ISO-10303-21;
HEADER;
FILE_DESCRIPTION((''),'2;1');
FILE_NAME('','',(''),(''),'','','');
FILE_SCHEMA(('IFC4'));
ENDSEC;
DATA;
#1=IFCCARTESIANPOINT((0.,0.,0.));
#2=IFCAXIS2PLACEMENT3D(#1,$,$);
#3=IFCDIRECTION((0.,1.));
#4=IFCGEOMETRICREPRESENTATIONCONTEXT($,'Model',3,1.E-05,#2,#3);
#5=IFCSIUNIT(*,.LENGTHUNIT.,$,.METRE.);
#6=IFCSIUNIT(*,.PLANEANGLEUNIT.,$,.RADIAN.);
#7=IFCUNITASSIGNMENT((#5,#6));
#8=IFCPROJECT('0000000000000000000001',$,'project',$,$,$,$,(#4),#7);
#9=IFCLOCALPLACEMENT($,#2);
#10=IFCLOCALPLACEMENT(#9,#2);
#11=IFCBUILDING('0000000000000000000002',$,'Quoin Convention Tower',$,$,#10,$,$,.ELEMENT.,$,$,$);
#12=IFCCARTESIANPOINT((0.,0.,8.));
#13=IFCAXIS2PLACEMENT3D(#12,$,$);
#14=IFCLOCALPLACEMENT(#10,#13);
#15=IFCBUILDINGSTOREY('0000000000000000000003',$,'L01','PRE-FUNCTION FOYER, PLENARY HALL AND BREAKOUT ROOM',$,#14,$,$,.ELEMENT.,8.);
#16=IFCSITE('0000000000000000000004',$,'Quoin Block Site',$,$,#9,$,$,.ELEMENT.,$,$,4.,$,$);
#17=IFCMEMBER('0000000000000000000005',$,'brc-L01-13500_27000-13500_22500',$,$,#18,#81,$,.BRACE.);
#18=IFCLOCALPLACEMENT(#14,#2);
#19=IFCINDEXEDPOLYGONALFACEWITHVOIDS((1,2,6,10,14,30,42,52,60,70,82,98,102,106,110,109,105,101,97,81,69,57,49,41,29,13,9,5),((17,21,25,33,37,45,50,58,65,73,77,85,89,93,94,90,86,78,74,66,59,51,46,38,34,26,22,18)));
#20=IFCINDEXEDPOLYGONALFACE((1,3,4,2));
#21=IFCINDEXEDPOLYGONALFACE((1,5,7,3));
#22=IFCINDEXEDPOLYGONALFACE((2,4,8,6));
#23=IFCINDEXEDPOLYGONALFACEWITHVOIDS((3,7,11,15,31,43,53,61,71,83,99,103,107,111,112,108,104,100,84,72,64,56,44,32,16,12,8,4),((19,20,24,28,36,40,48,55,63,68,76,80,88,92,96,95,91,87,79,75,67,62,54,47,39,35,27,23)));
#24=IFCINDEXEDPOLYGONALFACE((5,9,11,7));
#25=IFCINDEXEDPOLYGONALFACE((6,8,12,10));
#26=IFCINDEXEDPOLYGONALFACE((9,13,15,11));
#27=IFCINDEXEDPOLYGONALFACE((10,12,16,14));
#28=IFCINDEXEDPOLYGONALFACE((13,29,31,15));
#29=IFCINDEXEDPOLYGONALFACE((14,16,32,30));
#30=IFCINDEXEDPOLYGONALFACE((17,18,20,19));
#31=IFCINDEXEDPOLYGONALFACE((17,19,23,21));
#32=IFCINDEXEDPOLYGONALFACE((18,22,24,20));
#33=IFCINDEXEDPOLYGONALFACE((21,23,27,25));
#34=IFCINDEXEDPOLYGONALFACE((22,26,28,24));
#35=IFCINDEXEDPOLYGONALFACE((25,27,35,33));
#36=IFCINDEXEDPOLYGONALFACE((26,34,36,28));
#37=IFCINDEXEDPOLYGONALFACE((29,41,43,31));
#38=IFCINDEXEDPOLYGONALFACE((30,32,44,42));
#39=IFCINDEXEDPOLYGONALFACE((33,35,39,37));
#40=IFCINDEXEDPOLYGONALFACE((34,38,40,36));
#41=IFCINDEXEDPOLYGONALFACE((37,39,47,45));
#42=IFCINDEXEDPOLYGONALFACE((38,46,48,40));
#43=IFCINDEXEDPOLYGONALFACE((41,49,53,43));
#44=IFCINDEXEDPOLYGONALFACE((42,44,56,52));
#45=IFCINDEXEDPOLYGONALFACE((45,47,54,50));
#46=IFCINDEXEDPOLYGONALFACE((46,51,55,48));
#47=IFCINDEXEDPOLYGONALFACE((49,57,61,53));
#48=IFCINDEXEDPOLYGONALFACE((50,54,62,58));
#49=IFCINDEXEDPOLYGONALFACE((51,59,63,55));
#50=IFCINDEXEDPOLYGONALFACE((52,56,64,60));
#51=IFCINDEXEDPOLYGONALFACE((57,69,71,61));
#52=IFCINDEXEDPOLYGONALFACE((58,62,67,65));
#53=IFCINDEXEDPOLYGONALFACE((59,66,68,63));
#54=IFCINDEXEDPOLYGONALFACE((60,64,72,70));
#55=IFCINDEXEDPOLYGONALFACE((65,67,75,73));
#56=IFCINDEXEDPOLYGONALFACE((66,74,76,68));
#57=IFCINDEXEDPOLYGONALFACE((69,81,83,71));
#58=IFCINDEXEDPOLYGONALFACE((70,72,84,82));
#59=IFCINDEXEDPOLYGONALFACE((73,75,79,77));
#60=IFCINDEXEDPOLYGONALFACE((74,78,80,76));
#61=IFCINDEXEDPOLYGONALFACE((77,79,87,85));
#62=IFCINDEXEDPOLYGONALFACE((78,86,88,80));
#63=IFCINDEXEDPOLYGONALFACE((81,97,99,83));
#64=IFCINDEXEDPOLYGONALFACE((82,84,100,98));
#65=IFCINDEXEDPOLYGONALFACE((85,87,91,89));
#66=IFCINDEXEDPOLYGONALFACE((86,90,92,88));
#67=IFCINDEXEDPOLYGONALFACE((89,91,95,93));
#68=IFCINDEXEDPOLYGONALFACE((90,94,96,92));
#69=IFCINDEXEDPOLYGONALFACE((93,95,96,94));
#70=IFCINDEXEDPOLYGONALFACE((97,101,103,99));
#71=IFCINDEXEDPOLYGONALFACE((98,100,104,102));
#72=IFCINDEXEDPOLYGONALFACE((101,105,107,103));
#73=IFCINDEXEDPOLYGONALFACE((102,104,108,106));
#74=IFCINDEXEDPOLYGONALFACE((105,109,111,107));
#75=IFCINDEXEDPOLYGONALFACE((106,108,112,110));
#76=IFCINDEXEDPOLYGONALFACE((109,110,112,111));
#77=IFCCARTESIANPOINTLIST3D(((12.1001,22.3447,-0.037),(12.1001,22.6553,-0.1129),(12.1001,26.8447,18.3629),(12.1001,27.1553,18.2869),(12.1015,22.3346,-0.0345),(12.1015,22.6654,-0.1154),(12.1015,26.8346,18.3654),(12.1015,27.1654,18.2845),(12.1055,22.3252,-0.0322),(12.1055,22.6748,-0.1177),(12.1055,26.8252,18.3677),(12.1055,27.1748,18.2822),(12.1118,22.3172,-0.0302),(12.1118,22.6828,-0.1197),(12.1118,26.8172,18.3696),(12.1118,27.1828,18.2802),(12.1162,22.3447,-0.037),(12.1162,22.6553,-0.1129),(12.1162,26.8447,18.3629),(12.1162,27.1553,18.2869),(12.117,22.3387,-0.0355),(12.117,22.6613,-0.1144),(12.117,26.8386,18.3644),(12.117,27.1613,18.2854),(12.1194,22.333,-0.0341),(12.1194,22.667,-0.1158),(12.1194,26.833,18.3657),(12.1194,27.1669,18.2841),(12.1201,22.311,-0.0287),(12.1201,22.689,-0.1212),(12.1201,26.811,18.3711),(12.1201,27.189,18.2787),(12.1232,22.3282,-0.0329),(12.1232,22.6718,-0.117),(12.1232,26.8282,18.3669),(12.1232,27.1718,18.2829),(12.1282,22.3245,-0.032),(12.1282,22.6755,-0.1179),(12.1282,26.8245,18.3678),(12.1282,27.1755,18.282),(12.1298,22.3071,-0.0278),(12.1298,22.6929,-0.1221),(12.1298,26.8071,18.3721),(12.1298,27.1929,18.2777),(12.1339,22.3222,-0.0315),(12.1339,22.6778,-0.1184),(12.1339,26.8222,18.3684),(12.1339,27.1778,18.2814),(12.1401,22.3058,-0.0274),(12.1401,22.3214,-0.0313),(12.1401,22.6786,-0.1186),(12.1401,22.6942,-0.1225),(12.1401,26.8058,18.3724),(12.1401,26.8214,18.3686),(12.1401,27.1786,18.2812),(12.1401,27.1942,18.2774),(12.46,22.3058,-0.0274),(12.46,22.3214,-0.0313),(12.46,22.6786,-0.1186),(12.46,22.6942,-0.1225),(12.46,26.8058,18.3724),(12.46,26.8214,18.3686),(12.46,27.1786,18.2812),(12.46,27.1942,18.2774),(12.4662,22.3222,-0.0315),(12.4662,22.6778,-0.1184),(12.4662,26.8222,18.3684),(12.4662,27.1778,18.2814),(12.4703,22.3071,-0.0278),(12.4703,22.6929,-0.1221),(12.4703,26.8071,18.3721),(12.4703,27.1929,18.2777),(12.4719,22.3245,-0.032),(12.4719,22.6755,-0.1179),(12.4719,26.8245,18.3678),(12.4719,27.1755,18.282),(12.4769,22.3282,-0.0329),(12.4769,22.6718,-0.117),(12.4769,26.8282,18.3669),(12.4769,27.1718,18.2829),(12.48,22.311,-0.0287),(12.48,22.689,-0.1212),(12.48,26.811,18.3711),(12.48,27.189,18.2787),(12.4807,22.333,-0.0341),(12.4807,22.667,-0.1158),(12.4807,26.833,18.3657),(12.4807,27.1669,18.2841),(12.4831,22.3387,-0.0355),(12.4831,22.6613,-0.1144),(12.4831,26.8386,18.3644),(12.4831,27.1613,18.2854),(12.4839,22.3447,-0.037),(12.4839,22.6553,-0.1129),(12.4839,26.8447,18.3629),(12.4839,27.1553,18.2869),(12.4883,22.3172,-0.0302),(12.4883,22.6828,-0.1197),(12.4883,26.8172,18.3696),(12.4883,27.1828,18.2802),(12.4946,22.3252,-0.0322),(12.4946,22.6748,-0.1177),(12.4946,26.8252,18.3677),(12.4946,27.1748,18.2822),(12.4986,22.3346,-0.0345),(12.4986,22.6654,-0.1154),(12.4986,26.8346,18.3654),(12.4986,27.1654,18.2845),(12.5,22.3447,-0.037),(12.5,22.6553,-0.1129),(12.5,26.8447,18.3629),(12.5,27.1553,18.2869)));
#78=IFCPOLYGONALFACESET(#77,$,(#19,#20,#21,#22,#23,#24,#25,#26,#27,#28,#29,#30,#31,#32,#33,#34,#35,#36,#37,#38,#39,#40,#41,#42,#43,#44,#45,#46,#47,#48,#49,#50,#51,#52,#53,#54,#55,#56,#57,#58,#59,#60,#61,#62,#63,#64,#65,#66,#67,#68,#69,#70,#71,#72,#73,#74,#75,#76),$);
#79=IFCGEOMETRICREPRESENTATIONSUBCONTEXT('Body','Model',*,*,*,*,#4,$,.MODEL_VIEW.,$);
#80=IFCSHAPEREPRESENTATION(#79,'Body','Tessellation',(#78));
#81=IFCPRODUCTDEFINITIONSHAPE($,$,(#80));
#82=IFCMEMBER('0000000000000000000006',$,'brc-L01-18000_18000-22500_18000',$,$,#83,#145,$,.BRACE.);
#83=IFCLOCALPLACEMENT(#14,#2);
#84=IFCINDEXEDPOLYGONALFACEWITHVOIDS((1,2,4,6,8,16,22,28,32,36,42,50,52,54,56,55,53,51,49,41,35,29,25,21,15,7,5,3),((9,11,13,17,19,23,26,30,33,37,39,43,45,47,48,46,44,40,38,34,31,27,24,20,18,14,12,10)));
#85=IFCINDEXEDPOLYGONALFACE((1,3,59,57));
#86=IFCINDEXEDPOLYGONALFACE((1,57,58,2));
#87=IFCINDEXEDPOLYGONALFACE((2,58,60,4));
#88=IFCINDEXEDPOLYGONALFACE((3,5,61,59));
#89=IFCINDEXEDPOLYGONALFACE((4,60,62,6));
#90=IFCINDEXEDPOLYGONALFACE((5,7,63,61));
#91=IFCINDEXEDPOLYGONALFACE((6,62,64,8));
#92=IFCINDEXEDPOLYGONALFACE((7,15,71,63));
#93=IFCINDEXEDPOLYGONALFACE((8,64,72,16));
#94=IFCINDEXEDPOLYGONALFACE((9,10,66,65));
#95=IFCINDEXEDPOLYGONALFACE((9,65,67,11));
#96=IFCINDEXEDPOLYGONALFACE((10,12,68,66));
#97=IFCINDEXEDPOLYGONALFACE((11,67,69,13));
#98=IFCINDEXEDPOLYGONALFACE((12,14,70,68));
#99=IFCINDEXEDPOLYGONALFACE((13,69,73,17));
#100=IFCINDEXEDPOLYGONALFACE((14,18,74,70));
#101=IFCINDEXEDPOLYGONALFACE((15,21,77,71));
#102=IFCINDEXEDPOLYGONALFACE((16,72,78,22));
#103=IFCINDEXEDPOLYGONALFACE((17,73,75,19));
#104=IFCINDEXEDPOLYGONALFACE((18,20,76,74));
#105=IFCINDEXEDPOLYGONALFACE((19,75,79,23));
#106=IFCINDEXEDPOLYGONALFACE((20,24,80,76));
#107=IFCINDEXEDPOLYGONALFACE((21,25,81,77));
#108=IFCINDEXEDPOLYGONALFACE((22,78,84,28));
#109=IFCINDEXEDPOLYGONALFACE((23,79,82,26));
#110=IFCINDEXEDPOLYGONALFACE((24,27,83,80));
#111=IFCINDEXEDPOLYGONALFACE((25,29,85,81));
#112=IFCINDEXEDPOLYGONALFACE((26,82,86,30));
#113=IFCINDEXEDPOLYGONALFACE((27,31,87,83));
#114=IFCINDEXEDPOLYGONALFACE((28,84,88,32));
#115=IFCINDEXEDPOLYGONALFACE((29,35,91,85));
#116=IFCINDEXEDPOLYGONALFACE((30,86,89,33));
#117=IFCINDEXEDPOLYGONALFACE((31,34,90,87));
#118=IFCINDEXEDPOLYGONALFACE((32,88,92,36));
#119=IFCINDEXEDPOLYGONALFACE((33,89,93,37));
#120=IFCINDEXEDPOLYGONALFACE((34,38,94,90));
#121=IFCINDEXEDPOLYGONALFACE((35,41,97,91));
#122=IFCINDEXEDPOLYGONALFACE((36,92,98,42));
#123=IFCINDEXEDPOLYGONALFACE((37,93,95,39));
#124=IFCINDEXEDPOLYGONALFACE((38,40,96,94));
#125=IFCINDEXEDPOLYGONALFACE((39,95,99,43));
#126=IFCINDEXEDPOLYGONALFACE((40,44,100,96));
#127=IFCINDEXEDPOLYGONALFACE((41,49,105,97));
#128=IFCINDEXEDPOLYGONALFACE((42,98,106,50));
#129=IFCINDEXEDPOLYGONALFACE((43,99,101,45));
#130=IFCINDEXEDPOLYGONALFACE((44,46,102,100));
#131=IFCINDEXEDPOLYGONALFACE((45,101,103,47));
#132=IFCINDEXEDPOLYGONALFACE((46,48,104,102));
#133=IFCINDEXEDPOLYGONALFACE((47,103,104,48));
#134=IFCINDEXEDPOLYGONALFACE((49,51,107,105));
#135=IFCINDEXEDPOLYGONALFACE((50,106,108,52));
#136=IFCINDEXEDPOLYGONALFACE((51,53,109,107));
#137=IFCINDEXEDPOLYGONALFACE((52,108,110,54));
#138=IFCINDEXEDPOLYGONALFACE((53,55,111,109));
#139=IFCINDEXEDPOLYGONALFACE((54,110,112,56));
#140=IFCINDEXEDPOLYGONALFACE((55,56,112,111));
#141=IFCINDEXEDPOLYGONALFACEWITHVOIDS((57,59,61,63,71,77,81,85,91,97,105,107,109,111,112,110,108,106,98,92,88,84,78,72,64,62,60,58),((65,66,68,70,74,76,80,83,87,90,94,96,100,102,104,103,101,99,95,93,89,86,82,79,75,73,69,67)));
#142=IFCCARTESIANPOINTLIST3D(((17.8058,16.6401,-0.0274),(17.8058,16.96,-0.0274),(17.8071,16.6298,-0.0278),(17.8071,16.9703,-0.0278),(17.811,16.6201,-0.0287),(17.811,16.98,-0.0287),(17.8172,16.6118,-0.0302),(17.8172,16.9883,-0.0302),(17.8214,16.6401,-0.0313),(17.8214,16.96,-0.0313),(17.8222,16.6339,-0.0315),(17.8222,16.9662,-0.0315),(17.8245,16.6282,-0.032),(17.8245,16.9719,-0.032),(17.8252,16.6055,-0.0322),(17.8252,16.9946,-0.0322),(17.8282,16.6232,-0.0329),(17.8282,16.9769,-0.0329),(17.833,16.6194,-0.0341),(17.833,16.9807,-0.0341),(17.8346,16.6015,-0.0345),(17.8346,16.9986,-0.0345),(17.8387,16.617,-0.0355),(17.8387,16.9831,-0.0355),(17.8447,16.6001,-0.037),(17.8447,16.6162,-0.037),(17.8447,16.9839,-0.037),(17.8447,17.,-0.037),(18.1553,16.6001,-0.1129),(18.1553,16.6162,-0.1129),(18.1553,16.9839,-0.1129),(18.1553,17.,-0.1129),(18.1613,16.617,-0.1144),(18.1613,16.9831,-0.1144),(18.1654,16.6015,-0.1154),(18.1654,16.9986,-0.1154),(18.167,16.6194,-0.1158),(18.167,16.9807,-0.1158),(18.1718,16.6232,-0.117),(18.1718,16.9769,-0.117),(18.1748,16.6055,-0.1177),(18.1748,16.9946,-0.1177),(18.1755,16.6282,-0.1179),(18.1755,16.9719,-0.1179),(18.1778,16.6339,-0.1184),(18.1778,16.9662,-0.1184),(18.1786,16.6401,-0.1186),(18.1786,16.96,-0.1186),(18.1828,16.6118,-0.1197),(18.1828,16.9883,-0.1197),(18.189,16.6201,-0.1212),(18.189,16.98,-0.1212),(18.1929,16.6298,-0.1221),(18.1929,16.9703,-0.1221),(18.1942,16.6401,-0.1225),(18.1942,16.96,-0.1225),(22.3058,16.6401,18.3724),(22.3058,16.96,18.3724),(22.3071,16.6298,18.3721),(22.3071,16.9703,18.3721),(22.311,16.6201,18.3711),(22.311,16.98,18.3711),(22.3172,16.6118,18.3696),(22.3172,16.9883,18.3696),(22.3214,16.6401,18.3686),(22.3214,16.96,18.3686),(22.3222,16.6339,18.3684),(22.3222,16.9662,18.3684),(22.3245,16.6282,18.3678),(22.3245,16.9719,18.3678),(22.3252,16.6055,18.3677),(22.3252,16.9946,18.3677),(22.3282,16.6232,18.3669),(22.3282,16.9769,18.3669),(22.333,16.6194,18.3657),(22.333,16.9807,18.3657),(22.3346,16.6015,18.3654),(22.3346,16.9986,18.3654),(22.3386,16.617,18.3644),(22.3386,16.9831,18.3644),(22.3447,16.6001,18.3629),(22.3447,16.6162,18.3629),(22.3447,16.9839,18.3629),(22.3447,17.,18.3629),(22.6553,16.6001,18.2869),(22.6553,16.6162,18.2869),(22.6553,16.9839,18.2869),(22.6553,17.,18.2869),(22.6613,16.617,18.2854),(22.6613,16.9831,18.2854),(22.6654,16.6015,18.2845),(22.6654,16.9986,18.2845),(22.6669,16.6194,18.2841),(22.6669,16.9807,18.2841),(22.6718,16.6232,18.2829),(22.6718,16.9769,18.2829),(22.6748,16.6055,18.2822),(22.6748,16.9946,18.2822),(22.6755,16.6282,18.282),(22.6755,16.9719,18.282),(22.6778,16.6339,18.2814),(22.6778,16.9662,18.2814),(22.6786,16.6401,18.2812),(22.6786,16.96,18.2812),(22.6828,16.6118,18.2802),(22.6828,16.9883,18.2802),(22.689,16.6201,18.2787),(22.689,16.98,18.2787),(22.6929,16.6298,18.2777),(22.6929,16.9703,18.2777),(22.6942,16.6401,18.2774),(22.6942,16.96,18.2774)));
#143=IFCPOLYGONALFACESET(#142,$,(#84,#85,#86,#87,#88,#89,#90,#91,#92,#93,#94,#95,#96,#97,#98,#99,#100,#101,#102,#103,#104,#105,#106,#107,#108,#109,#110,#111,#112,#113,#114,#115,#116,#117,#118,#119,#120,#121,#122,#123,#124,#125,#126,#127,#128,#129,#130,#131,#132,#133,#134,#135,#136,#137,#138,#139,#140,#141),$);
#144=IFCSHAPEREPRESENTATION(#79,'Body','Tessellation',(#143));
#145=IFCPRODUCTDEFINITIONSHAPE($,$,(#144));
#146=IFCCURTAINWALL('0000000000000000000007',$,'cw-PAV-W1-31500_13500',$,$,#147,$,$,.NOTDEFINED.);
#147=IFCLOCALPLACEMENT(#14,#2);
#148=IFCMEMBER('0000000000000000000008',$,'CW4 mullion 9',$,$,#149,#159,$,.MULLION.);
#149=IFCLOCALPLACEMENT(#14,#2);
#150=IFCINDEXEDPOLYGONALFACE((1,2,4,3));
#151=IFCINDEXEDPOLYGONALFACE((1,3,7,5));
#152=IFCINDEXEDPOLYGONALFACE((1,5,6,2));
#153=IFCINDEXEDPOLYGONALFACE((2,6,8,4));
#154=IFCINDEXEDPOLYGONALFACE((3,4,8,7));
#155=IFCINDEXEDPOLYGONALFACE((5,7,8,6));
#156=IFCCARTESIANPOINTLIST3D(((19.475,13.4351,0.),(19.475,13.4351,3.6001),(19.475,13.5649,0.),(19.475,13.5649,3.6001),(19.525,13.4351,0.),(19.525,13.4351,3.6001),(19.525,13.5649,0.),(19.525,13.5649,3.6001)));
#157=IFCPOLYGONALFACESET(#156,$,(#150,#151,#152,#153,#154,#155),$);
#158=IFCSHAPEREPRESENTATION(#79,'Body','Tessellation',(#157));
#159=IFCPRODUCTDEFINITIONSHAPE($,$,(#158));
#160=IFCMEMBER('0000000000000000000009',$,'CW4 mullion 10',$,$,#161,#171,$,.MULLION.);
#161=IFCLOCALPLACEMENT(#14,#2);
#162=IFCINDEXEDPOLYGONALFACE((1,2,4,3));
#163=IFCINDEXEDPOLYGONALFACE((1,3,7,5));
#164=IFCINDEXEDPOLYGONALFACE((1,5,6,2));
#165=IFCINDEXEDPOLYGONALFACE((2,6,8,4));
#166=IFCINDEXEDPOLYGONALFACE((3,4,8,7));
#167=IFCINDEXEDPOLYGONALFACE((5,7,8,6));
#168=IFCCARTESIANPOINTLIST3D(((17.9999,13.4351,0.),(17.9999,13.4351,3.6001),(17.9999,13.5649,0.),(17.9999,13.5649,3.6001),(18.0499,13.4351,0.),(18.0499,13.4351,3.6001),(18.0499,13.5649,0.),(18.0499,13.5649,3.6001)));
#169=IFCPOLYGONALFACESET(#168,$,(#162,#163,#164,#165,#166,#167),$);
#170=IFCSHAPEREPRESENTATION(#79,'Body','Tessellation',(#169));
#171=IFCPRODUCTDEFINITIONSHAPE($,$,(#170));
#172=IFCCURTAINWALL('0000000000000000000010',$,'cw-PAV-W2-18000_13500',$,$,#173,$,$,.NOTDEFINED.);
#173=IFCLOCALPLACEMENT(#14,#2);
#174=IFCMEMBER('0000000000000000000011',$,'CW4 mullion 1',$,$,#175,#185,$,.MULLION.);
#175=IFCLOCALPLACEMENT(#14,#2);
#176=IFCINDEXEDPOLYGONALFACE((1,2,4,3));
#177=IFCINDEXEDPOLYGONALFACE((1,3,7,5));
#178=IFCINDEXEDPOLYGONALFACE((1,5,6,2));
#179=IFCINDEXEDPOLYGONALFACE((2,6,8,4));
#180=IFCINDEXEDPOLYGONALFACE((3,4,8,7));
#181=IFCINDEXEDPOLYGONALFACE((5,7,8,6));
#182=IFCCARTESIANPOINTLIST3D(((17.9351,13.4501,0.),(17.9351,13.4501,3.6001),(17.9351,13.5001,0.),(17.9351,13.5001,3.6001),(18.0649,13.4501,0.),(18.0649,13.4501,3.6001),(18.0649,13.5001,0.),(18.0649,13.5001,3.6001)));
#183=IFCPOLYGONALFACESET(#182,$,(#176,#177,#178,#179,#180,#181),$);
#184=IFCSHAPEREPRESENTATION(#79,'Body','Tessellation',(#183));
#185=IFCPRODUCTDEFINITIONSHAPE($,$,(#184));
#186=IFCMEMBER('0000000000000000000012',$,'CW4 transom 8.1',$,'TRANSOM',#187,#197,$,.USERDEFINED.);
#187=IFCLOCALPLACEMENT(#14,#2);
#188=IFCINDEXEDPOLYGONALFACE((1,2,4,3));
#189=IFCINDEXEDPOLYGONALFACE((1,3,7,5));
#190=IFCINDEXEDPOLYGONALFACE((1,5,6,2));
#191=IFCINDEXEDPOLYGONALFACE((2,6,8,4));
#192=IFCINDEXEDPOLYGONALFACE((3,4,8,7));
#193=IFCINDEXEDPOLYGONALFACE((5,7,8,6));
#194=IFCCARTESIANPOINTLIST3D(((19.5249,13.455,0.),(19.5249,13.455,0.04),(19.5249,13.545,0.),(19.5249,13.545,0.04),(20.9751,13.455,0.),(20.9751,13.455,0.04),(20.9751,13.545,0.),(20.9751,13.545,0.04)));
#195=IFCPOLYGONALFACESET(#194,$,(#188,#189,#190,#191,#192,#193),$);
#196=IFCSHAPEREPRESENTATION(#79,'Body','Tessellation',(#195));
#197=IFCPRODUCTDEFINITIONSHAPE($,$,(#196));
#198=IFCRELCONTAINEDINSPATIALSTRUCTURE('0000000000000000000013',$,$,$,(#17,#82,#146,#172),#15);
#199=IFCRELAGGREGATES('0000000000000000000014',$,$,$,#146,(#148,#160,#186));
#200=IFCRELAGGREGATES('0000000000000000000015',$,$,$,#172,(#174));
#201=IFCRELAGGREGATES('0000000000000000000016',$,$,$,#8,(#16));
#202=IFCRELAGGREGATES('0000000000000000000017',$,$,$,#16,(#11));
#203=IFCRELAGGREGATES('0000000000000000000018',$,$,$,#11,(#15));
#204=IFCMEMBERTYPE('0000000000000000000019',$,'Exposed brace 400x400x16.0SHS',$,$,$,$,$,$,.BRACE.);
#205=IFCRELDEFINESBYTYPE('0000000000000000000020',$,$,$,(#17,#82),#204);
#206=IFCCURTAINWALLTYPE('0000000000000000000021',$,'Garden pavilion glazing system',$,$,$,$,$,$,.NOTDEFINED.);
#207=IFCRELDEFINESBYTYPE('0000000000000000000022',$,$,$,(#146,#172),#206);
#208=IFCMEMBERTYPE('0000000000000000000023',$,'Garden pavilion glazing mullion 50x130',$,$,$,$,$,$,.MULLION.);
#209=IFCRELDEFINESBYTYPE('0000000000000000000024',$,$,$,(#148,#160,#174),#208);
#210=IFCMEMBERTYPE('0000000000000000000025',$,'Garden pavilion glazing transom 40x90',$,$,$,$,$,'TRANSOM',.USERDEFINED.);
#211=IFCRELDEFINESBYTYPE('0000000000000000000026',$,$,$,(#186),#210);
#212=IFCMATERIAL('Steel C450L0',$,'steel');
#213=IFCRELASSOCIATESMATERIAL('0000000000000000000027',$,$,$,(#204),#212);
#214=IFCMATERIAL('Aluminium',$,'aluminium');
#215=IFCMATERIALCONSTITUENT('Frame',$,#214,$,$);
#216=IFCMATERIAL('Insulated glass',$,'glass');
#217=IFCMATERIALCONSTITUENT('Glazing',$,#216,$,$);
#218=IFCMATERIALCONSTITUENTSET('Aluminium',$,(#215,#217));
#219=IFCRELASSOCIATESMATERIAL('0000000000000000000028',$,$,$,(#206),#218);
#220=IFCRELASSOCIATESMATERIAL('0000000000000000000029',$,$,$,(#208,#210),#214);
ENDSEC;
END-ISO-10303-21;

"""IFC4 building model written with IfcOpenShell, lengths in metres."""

from ifc_helpers import new_model, si_unit, direction, frame, origin, origin_2d, place, context, subcontext, project, spatial, rectangle, hollow_rectangle, extrude, material, constituent, constituent_set, material_profile, profile_set, type_object, element, aggregate, save


model = new_model("IFC4")

# Units and contexts
model_context = context("Model", 3, precision=1e-05, world=origin(), true_north=direction((0.0, 1.0)))
body_context = subcontext(model_context, "Body", "Model", "MODEL_VIEW")
ifc_project = project(units=[si_unit("LENGTHUNIT", "METRE"), si_unit("PLANEANGLEUNIT", "RADIAN")], contexts=[model_context])

# Site, building, storey
site_placement = place(None, origin())
site = spatial("IfcSite", under=ifc_project, at=site_placement, Name="Quoin Block Site", CompositionType="ELEMENT", RefElevation=4.0)
building_placement = place(site_placement, origin())
building = spatial("IfcBuilding", under=site, at=building_placement, Name="Quoin Convention Tower", CompositionType="ELEMENT")
storey_placement = place(building_placement, frame((0.0, 0.0, 8.0)))
storey = spatial("IfcBuildingStorey", under=building, at=storey_placement, Name="L01", Description="PRE-FUNCTION FOYER, PLENARY HALL AND BREAKOUT ROOM", CompositionType="ELEMENT", Elevation=8.0)

# Shared definitions
ifc_material_1 = material(Name="Steel C450L0", Category="steel")

# Members
ifc_material_profile_1 = material_profile(ifc_material_1, hollow_rectangle(XDim=0.3999, YDim=0.3999, WallThickness=0.0161, InnerFilletRadius=0.0239, OuterFilletRadius=0.04, at=origin_2d()), Name="400x400x16.0SHS")
ifc_profile_set_1 = profile_set([ifc_material_profile_1], Name="Steel C450L0")
member_type_1 = type_object("IfcMemberType", Name="Exposed brace 400x400x16.0SHS", PredefinedType="BRACE", material=ifc_profile_set_1)
for number, where, z_axis, x_axis, name in (
    (1, (12.3, 22.5, -0.075), (0.0, 0.237565, 0.971372), (-1.0, 0.0, 0.0), "brc-L01-13500_27000-13500_22500"),
    (2, (18.0, 16.8, -0.075), (0.237565, 0.0, 0.971372), (0.0, 1.0, 0.0), "brc-L01-18000_18000-22500_18000"),
):
    element("IfcMember", number, at=place(storey_placement, frame(where, z_axis=z_axis, x_axis=x_axis)), inside=storey, type_object=member_type_1, Name=name, PredefinedType="BRACE", context=body_context, shape_type="SweptSolid", body=[
        extrude(hollow_rectangle(XDim=0.3999, YDim=0.3999, WallThickness=0.0161, InnerFilletRadius=0.0239, OuterFilletRadius=0.04, at=origin_2d()), origin(), (0.0, 0.0, 1.0), 18.9421),
    ])

# Curtain wall, members
ifc_material_2 = material(Name="Aluminium", Category="aluminium")
ifc_constituent_1 = constituent(ifc_material_2, Name="Frame")
ifc_material_3 = material(Name="Insulated glass", Category="glass")
ifc_constituent_2 = constituent(ifc_material_3, Name="Glazing")
ifc_constituent_set_1 = constituent_set(constituents=[ifc_constituent_1, ifc_constituent_2], Name="Aluminium")
curtain_wall_type = type_object("IfcCurtainWallType", Name="Garden pavilion glazing system", PredefinedType="NOTDEFINED", material=ifc_constituent_set_1)
curtain_wall_1_placement = place(storey_placement, origin())
curtain_wall_1 = element("IfcCurtainWall", 3, at=curtain_wall_1_placement, inside=storey, type_object=curtain_wall_type, Name="cw-PAV-W1-31500_13500", PredefinedType="NOTDEFINED")
ifc_material_profile_2 = material_profile(ifc_material_2, rectangle(XDim=0.1299, YDim=0.05, at=origin_2d()), Name="Garden pavilion glazing mullion 50x130")
ifc_profile_set_2 = profile_set([ifc_material_profile_2], Name="Aluminium")
member_type_2 = type_object("IfcMemberType", Name="Garden pavilion glazing mullion 50x130", PredefinedType="MULLION", material=ifc_profile_set_2)
member_1_placement = place(storey_placement, frame((19.5, 13.5, 0.0), z_axis=(0.0, 0.0, 1.0), x_axis=(0.0, -1.0, 0.0)))
member_1 = element("IfcMember", 4, at=member_1_placement, type_object=member_type_2, Name="CW4 mullion 9", PredefinedType="MULLION", context=body_context, shape_type="SweptSolid", body=[
    extrude(rectangle(XDim=0.1299, YDim=0.05, at=origin_2d()), origin(), (0.0, 0.0, 1.0), 3.6001),
])
member_2_placement = place(storey_placement, frame((18.0249, 13.5, 0.0), z_axis=(0.0, 0.0, 1.0), x_axis=(0.0, -1.0, 0.0)))
member_2 = element("IfcMember", 5, at=member_2_placement, type_object=member_type_2, Name="CW4 mullion 10", PredefinedType="MULLION", context=body_context, shape_type="SweptSolid", body=[
    extrude(rectangle(XDim=0.1299, YDim=0.05, at=origin_2d()), origin(), (0.0, 0.0, 1.0), 3.6001),
])

# Curtain wall, member
curtain_wall_2_placement = place(storey_placement, origin())
curtain_wall_2 = element("IfcCurtainWall", 6, at=curtain_wall_2_placement, inside=storey, type_object=curtain_wall_type, Name="cw-PAV-W2-18000_13500", PredefinedType="NOTDEFINED")
member_3_placement = place(storey_placement, frame((18.0, 13.4751, 0.0), z_axis=(0.0, 0.0, 1.0), x_axis=(1.0, 0.0, 0.0)))
member_3 = element("IfcMember", 7, at=member_3_placement, type_object=member_type_2, Name="CW4 mullion 1", PredefinedType="MULLION", context=body_context, shape_type="SweptSolid", body=[
    extrude(rectangle(XDim=0.1299, YDim=0.05, at=origin_2d()), origin(), (0.0, 0.0, 1.0), 3.6001),
])

# Member
ifc_material_profile_3 = material_profile(ifc_material_2, rectangle(XDim=0.0901, YDim=0.04, at=origin_2d()), Name="Garden pavilion glazing transom 40x90")
ifc_profile_set_3 = profile_set([ifc_material_profile_3], Name="Aluminium")
member_type_3 = type_object("IfcMemberType", Name="Garden pavilion glazing transom 40x90", ElementType="TRANSOM", PredefinedType="USERDEFINED", material=ifc_profile_set_3)
member_4_placement = place(storey_placement, frame((20.9751, 13.5, 0.02), z_axis=(-1.0, 0.0, 0.0), x_axis=(0.0, -1.0, 0.0)))
member_4 = element("IfcMember", 8, at=member_4_placement, type_object=member_type_3, Name="CW4 transom 8.1", ObjectType="TRANSOM", PredefinedType="USERDEFINED", context=body_context, shape_type="SweptSolid", body=[
    extrude(rectangle(XDim=0.0901, YDim=0.04, at=origin_2d()), origin(), (0.0, 0.0, 1.0), 1.4502),
])

aggregate(curtain_wall_1, [member_1, member_2, member_4])
aggregate(curtain_wall_2, [member_3])

save(model, "model.ifc")
